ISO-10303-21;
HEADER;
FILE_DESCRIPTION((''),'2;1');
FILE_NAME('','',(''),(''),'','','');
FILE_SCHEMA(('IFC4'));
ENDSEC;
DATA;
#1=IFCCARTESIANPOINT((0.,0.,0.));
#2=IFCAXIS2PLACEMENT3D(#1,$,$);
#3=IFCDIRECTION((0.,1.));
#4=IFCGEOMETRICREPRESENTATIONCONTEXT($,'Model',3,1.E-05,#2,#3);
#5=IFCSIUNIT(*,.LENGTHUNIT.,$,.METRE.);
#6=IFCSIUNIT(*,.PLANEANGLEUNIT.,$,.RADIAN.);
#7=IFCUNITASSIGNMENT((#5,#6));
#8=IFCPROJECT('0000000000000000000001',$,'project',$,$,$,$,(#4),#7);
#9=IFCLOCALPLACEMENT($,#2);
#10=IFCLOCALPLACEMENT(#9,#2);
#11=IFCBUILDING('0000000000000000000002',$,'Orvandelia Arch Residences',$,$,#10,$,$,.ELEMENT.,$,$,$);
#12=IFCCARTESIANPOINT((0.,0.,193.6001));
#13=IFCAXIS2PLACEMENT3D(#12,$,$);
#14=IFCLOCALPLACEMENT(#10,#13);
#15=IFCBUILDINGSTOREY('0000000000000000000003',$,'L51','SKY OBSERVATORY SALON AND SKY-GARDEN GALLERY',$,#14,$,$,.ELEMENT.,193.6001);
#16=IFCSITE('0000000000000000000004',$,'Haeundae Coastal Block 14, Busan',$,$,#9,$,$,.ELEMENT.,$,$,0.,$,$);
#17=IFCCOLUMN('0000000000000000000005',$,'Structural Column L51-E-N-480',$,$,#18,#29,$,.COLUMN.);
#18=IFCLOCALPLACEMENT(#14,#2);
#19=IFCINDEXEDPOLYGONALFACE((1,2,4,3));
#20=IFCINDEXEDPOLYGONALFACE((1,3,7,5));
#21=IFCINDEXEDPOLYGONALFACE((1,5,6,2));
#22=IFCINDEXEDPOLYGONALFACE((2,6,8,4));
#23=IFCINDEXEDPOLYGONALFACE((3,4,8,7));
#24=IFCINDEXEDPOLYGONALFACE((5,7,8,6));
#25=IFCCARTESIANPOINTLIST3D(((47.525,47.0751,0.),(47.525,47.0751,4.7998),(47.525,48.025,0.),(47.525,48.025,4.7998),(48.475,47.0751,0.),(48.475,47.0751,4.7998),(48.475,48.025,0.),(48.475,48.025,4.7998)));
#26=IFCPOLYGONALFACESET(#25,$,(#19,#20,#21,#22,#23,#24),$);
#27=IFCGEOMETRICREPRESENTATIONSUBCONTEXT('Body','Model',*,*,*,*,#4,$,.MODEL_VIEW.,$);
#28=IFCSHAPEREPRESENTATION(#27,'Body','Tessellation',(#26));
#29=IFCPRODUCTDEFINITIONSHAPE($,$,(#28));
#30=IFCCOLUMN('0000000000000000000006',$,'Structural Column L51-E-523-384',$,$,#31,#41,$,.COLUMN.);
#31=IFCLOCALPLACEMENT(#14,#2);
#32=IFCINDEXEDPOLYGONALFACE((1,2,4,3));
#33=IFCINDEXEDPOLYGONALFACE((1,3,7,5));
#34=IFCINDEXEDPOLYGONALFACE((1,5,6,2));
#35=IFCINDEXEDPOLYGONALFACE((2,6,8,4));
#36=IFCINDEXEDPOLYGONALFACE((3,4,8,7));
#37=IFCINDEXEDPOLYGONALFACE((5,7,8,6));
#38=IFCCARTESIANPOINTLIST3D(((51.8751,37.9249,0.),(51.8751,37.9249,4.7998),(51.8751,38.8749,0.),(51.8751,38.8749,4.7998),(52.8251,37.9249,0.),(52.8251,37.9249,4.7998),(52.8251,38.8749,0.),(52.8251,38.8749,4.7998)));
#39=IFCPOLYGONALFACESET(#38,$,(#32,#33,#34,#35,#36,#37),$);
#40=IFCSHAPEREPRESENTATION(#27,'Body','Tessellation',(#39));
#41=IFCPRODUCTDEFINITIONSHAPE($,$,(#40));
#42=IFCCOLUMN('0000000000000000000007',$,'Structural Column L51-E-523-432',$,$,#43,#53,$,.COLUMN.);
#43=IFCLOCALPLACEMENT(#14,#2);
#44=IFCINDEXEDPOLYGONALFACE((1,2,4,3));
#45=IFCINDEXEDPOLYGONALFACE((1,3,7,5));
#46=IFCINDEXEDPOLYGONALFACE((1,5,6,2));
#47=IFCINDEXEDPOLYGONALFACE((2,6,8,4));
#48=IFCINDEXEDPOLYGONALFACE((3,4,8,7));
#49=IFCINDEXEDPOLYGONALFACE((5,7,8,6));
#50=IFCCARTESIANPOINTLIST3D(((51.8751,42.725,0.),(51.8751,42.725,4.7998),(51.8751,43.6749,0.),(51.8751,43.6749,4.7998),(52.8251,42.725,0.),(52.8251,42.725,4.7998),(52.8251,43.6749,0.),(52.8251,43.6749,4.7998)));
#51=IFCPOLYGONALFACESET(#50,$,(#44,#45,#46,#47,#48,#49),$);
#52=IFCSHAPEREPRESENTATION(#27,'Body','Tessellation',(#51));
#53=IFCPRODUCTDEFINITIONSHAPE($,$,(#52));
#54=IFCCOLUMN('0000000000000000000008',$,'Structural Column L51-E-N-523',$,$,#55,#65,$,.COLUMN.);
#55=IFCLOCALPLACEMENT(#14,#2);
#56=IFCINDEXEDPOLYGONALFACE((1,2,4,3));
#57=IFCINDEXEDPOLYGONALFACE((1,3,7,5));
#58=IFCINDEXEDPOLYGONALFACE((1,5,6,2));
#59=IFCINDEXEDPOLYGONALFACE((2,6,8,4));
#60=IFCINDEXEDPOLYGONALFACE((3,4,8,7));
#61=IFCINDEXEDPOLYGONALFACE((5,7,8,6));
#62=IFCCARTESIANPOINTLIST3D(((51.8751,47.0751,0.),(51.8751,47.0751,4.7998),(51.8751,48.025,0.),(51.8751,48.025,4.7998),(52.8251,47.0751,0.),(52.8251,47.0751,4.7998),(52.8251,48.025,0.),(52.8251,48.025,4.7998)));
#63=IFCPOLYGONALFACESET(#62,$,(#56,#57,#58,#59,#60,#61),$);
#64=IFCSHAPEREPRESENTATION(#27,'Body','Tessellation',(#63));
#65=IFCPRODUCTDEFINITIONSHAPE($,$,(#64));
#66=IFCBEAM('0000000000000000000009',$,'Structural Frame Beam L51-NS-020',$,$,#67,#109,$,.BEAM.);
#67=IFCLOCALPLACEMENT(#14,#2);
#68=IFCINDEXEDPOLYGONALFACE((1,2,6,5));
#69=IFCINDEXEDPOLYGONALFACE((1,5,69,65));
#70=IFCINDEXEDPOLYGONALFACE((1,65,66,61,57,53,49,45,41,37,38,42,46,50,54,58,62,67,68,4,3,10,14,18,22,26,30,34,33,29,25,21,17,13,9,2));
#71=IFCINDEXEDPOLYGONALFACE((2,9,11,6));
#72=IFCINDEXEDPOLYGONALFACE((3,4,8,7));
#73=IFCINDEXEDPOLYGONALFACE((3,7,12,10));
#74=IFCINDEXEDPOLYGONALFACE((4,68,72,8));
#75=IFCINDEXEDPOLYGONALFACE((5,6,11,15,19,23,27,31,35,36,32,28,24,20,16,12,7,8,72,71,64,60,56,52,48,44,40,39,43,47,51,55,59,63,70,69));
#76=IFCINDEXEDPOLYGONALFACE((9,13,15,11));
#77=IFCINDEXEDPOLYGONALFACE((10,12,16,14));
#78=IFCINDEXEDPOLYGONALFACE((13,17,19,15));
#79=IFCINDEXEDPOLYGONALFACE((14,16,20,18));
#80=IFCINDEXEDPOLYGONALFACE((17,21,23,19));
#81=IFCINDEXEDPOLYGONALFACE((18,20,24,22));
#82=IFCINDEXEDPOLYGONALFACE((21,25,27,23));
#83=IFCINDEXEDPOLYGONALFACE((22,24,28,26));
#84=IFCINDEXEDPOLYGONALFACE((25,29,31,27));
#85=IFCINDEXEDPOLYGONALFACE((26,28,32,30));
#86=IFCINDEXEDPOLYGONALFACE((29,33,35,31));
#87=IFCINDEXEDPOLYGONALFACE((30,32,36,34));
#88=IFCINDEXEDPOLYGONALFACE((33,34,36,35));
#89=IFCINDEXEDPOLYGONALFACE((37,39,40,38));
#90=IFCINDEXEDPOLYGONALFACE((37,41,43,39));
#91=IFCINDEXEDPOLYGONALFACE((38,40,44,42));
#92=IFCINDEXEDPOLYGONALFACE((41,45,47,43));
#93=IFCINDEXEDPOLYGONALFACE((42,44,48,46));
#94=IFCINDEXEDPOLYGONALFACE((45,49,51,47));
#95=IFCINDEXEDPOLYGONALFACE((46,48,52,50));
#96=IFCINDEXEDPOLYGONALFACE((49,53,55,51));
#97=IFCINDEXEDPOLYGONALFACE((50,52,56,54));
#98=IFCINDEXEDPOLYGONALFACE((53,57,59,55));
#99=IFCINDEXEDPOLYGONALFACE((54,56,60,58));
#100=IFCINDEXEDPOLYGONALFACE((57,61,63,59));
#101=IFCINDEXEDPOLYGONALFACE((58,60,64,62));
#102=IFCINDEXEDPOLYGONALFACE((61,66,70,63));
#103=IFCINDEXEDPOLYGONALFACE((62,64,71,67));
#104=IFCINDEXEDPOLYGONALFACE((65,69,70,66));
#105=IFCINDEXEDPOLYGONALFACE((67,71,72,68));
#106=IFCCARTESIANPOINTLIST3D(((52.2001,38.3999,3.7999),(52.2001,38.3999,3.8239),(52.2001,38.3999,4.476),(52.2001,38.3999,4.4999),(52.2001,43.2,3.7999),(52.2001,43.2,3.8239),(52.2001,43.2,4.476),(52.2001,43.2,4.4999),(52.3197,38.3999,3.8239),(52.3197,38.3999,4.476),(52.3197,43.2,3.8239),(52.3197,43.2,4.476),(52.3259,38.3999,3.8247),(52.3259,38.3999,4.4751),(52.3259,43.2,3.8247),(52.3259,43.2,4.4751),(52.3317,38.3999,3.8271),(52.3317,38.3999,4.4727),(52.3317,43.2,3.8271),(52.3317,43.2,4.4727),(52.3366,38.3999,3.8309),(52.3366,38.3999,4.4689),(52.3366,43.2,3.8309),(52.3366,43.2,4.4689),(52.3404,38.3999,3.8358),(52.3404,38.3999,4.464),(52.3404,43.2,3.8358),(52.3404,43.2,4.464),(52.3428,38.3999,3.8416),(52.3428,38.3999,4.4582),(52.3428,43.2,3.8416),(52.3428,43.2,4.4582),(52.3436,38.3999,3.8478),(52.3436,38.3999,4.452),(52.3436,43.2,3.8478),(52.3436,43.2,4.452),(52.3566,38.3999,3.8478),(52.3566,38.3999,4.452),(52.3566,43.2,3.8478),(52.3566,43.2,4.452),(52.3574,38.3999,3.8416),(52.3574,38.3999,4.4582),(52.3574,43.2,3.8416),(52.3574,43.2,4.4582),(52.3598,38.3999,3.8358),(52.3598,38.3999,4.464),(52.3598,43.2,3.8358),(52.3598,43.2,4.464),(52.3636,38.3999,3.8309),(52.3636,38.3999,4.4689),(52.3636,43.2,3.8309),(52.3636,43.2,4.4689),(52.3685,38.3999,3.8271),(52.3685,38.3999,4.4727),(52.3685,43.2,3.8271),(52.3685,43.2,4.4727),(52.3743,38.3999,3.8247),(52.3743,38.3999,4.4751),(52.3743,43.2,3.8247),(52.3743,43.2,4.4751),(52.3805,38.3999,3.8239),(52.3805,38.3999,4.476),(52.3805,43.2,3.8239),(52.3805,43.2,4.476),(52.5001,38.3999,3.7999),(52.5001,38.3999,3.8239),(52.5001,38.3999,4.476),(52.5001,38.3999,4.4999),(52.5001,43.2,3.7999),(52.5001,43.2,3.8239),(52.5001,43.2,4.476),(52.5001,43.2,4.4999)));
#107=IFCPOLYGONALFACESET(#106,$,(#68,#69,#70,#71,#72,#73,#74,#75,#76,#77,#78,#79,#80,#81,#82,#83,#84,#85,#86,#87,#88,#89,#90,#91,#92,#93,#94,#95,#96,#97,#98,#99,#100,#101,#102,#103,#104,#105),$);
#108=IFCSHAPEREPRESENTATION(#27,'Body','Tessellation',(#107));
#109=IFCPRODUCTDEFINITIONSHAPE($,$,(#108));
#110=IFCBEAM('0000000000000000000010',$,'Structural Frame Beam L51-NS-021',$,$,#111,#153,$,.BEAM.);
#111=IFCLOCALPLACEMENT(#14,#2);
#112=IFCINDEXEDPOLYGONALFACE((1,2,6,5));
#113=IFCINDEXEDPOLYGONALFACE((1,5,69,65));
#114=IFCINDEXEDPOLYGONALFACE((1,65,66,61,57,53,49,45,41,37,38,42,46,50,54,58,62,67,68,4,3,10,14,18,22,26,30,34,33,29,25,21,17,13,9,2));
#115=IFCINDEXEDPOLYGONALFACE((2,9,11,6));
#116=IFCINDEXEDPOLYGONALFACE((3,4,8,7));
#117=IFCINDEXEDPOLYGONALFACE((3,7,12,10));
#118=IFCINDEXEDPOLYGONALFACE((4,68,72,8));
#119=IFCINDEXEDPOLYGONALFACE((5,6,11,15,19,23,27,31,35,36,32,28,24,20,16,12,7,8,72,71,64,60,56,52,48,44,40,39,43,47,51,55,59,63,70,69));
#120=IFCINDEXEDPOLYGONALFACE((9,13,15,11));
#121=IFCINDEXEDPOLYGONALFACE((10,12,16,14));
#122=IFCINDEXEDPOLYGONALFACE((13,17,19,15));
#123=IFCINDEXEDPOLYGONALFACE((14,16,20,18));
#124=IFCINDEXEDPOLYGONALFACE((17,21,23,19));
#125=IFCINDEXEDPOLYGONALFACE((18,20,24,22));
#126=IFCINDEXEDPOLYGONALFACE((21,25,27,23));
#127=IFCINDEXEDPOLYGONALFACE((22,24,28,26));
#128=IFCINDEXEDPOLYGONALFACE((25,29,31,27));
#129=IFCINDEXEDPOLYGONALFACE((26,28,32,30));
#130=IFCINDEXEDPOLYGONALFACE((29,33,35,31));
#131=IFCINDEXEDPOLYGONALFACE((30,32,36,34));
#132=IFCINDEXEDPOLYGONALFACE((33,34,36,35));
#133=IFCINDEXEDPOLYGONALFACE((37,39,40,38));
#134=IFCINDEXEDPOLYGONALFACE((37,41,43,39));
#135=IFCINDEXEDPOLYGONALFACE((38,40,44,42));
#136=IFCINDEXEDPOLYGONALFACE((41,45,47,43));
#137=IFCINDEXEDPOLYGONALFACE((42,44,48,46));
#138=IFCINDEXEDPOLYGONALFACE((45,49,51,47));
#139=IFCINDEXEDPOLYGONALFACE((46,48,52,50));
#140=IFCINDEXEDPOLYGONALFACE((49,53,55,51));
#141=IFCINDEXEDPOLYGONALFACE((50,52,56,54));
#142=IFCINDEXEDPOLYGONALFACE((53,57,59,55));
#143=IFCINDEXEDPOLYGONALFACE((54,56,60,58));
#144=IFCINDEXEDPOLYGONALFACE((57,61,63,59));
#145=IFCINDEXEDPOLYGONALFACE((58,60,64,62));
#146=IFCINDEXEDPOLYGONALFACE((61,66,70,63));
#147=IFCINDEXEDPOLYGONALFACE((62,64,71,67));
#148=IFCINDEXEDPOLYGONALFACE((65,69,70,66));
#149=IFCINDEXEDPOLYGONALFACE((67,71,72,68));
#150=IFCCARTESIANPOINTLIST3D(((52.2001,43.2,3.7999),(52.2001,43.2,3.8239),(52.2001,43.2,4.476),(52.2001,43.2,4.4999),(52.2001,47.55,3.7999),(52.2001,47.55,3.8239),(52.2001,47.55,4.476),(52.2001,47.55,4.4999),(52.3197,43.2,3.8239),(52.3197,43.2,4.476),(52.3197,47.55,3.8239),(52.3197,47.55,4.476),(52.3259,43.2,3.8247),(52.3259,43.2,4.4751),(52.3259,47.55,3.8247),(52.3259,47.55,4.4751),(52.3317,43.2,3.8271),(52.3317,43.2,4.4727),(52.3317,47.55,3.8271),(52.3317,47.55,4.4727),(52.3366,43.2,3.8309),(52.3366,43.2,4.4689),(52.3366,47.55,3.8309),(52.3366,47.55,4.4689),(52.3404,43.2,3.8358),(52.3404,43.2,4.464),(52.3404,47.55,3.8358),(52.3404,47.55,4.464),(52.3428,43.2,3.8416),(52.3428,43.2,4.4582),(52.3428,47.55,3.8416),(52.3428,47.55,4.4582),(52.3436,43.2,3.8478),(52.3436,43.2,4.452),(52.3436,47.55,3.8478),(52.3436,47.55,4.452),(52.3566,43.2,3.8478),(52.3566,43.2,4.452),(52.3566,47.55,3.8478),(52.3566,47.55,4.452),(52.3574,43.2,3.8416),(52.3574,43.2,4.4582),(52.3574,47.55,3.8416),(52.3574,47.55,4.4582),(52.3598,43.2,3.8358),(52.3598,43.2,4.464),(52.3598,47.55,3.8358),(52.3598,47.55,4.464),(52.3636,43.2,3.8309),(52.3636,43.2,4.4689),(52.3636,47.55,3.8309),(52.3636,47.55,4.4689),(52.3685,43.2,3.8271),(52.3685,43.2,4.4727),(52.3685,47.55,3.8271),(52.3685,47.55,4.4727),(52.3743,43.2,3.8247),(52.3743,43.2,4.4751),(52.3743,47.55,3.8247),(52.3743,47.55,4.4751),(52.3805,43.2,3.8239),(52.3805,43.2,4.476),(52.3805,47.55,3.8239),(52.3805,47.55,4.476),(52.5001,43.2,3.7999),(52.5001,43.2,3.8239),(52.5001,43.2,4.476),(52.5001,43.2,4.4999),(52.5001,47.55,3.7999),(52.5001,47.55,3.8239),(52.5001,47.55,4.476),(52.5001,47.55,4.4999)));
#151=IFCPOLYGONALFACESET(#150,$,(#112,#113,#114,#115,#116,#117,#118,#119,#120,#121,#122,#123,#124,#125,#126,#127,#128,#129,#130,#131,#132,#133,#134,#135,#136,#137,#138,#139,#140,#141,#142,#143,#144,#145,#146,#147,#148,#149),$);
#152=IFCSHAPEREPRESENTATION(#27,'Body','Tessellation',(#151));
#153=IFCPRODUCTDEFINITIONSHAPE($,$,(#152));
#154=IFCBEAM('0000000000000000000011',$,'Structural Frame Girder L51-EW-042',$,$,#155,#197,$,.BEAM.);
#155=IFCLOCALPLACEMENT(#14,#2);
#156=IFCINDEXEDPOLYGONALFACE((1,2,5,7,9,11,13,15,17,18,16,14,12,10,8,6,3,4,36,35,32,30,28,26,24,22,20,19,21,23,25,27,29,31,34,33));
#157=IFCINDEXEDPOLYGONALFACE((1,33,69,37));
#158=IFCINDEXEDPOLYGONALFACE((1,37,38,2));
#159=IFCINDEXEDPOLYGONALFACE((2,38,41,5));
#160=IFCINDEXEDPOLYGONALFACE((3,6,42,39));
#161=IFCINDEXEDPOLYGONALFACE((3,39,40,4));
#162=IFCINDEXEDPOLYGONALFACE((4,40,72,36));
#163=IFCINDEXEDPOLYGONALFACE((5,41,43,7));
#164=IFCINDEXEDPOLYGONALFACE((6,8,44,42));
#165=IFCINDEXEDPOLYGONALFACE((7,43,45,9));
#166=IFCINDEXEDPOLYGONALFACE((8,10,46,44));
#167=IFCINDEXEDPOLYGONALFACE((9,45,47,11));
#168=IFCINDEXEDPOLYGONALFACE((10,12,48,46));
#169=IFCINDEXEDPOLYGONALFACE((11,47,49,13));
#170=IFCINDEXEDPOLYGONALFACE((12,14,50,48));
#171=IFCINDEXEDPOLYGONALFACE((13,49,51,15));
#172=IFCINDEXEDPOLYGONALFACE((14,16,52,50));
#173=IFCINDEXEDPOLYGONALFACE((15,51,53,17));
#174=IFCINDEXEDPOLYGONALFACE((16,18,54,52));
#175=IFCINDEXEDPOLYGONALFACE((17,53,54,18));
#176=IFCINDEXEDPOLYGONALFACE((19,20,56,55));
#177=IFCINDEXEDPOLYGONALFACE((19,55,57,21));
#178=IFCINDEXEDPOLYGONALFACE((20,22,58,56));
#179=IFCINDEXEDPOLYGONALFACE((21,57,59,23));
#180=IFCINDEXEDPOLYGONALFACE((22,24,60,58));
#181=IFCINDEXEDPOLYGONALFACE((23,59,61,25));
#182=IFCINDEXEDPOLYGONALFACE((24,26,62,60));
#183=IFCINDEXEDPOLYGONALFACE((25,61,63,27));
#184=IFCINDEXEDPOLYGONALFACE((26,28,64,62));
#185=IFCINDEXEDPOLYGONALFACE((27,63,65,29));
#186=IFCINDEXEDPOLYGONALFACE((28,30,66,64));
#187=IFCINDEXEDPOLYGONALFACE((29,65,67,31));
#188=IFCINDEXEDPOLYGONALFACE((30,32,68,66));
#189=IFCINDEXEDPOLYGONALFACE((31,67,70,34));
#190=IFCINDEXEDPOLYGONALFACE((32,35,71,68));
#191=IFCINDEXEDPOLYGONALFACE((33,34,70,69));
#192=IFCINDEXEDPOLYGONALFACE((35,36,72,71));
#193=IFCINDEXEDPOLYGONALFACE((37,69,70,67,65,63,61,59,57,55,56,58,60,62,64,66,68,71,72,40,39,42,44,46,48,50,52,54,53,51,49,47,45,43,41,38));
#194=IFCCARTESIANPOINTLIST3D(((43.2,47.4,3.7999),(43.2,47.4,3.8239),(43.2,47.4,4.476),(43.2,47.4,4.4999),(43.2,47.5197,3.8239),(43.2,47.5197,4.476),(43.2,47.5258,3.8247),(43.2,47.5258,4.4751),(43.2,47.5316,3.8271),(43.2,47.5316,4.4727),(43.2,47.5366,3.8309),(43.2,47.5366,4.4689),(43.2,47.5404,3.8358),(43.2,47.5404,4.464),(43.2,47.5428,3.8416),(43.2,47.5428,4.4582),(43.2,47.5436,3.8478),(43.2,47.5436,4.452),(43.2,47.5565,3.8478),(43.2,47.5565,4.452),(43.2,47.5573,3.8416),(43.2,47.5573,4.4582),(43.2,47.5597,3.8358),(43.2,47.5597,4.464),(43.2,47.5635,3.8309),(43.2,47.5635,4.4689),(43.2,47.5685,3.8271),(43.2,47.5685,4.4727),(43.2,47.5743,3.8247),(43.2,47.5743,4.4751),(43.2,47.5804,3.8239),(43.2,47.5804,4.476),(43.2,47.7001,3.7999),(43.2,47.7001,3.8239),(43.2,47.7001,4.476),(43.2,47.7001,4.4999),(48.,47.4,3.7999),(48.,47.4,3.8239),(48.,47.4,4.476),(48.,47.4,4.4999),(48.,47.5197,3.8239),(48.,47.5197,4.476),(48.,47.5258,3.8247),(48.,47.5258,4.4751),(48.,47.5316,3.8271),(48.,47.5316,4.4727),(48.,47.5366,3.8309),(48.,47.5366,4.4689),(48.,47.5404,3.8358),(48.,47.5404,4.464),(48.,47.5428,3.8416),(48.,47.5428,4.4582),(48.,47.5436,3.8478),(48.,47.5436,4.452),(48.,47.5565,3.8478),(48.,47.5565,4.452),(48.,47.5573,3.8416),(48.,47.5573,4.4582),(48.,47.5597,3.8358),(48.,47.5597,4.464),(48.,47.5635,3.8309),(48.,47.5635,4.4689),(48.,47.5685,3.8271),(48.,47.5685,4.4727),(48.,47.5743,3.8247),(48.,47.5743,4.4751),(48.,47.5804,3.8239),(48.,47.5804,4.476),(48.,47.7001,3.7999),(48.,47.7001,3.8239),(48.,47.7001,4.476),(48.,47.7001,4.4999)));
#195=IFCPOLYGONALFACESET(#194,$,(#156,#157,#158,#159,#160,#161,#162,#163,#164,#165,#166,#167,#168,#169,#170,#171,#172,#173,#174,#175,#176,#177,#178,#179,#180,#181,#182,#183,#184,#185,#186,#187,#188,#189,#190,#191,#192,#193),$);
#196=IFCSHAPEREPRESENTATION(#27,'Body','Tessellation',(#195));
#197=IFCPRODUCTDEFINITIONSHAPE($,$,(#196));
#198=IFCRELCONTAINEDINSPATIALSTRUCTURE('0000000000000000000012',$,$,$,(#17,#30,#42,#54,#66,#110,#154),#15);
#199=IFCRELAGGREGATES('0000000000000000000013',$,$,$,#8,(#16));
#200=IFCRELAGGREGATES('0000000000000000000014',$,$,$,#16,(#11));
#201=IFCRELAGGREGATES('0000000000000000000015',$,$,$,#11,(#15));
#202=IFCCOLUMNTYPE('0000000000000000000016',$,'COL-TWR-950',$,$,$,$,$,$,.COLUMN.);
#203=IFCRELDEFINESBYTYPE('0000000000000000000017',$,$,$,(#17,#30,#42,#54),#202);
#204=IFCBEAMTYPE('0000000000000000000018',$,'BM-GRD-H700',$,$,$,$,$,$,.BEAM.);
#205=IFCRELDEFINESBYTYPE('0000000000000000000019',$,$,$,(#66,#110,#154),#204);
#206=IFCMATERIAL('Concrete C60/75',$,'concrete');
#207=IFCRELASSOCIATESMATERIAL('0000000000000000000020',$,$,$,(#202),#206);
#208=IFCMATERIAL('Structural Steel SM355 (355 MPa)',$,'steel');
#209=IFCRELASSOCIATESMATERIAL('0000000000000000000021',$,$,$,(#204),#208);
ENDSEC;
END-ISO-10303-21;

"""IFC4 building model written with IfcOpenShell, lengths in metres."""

from ifc_helpers import new_model, si_unit, direction, frame, origin, origin_2d, place, context, subcontext, project, spatial, rectangle, i_section, extrude, material, material_profile, profile_set, type_object, element, save


model = new_model("IFC4")

# Units and contexts
model_context = context("Model", 3, precision=1e-05, world=origin(), true_north=direction((0.0, 1.0)))
body_context = subcontext(model_context, "Body", "Model", "MODEL_VIEW")
ifc_project = project(units=[si_unit("LENGTHUNIT", "METRE"), si_unit("PLANEANGLEUNIT", "RADIAN")], contexts=[model_context])

# Site, building, storey
site_placement = place(None, origin())
site = spatial("IfcSite", under=ifc_project, at=site_placement, Name="Haeundae Coastal Block 14, Busan", CompositionType="ELEMENT", RefElevation=0.0)
building_placement = place(site_placement, origin())
building = spatial("IfcBuilding", under=site, at=building_placement, Name="Orvandelia Arch Residences", CompositionType="ELEMENT")
storey_placement = place(building_placement, frame((0.0, 0.0, 193.6001)))
storey = spatial("IfcBuildingStorey", under=building, at=storey_placement, Name="L51", Description="SKY OBSERVATORY SALON AND SKY-GARDEN GALLERY", CompositionType="ELEMENT", Elevation=193.6001)

# Columns
ifc_material_1 = material(Name="Concrete C60/75", Category="concrete")
ifc_material_profile_1 = material_profile(ifc_material_1, rectangle(XDim=0.95, YDim=0.95, at=origin_2d()), Name="Concrete C60/75", Category="concrete")
ifc_profile_set_1 = profile_set([ifc_material_profile_1], Name="Concrete C60/75")
column_type = type_object("IfcColumnType", Name="COL-TWR-950", PredefinedType="COLUMN", material=ifc_profile_set_1)
for number, where, z_axis, x_axis, name in (
    (1, (48.0, 47.55, 0.0), (0.0, 0.0, 1.0), (1.0, 0.0, 0.0), "Structural Column L51-E-N-480"),
    (2, (52.3501, 38.3999, 0.0), (0.0, 0.0, 1.0), (1.0, 0.0, 0.0), "Structural Column L51-E-523-384"),
    (3, (52.3501, 43.2, 0.0), (0.0, 0.0, 1.0), (1.0, 0.0, 0.0), "Structural Column L51-E-523-432"),
    (4, (52.3501, 47.55, 0.0), (0.0, 0.0, 1.0), (1.0, 0.0, 0.0), "Structural Column L51-E-N-523"),
):
    element("IfcColumn", number, at=place(storey_placement, frame(where, z_axis=z_axis, x_axis=x_axis)), inside=storey, type_object=column_type, Name=name, PredefinedType="COLUMN", context=body_context, shape_type="SweptSolid", body=[
        extrude(rectangle(XDim=0.95, YDim=0.95, at=origin_2d()), origin(), (0.0, 0.0, 1.0), 4.7998),
    ])

# Beams
ifc_material_2 = material(Name="Structural Steel SM355 (355 MPa)", Category="steel")
ifc_material_profile_2 = material_profile(ifc_material_2, i_section(OverallWidth=0.3, OverallDepth=0.7, WebThickness=0.0129, FlangeThickness=0.0239, FilletRadius=0.0239, at=origin_2d()), Name="Structural Steel SM355 (355 MPa)", Category="steel")
ifc_profile_set_2 = profile_set([ifc_material_profile_2], Name="Structural Steel SM355 (355 MPa)")
beam_type = type_object("IfcBeamType", Name="BM-GRD-H700", PredefinedType="BEAM", material=ifc_profile_set_2)
beam_1_placement = place(storey_placement, frame((52.3501, 38.3999, 4.1499), z_axis=(0.0, 1.0, 0.0), x_axis=(-1.0, 0.0, 0.0)))
element("IfcBeam", 5, at=beam_1_placement, inside=storey, type_object=beam_type, Name="Structural Frame Beam L51-NS-020", PredefinedType="BEAM", context=body_context, shape_type="SweptSolid", body=[
    extrude(i_section(OverallWidth=0.3, OverallDepth=0.7, WebThickness=0.0129, FlangeThickness=0.0239, FilletRadius=0.0239, at=origin_2d()), origin(), (0.0, 0.0, 1.0), 4.8),
])
beam_2_placement = place(storey_placement, frame((52.3501, 43.2, 4.1499), z_axis=(0.0, 1.0, 0.0), x_axis=(-1.0, 0.0, 0.0)))
element("IfcBeam", 6, at=beam_2_placement, inside=storey, type_object=beam_type, Name="Structural Frame Beam L51-NS-021", PredefinedType="BEAM", context=body_context, shape_type="SweptSolid", body=[
    extrude(i_section(OverallWidth=0.3, OverallDepth=0.7, WebThickness=0.0129, FlangeThickness=0.0239, FilletRadius=0.0239, at=origin_2d()), origin(), (0.0, 0.0, 1.0), 4.3501),
])
beam_3_placement = place(storey_placement, frame((43.2, 47.55, 4.1499), z_axis=(1.0, 0.0, 0.0), x_axis=(0.0, 1.0, 0.0)))
element("IfcBeam", 7, at=beam_3_placement, inside=storey, type_object=beam_type, Name="Structural Frame Girder L51-EW-042", PredefinedType="BEAM", context=body_context, shape_type="SweptSolid", body=[
    extrude(i_section(OverallWidth=0.3, OverallDepth=0.7, WebThickness=0.0129, FlangeThickness=0.0239, FilletRadius=0.0239, at=origin_2d()), origin(), (0.0, 0.0, 1.0), 4.8),
])

save(model, "model.ifc")
